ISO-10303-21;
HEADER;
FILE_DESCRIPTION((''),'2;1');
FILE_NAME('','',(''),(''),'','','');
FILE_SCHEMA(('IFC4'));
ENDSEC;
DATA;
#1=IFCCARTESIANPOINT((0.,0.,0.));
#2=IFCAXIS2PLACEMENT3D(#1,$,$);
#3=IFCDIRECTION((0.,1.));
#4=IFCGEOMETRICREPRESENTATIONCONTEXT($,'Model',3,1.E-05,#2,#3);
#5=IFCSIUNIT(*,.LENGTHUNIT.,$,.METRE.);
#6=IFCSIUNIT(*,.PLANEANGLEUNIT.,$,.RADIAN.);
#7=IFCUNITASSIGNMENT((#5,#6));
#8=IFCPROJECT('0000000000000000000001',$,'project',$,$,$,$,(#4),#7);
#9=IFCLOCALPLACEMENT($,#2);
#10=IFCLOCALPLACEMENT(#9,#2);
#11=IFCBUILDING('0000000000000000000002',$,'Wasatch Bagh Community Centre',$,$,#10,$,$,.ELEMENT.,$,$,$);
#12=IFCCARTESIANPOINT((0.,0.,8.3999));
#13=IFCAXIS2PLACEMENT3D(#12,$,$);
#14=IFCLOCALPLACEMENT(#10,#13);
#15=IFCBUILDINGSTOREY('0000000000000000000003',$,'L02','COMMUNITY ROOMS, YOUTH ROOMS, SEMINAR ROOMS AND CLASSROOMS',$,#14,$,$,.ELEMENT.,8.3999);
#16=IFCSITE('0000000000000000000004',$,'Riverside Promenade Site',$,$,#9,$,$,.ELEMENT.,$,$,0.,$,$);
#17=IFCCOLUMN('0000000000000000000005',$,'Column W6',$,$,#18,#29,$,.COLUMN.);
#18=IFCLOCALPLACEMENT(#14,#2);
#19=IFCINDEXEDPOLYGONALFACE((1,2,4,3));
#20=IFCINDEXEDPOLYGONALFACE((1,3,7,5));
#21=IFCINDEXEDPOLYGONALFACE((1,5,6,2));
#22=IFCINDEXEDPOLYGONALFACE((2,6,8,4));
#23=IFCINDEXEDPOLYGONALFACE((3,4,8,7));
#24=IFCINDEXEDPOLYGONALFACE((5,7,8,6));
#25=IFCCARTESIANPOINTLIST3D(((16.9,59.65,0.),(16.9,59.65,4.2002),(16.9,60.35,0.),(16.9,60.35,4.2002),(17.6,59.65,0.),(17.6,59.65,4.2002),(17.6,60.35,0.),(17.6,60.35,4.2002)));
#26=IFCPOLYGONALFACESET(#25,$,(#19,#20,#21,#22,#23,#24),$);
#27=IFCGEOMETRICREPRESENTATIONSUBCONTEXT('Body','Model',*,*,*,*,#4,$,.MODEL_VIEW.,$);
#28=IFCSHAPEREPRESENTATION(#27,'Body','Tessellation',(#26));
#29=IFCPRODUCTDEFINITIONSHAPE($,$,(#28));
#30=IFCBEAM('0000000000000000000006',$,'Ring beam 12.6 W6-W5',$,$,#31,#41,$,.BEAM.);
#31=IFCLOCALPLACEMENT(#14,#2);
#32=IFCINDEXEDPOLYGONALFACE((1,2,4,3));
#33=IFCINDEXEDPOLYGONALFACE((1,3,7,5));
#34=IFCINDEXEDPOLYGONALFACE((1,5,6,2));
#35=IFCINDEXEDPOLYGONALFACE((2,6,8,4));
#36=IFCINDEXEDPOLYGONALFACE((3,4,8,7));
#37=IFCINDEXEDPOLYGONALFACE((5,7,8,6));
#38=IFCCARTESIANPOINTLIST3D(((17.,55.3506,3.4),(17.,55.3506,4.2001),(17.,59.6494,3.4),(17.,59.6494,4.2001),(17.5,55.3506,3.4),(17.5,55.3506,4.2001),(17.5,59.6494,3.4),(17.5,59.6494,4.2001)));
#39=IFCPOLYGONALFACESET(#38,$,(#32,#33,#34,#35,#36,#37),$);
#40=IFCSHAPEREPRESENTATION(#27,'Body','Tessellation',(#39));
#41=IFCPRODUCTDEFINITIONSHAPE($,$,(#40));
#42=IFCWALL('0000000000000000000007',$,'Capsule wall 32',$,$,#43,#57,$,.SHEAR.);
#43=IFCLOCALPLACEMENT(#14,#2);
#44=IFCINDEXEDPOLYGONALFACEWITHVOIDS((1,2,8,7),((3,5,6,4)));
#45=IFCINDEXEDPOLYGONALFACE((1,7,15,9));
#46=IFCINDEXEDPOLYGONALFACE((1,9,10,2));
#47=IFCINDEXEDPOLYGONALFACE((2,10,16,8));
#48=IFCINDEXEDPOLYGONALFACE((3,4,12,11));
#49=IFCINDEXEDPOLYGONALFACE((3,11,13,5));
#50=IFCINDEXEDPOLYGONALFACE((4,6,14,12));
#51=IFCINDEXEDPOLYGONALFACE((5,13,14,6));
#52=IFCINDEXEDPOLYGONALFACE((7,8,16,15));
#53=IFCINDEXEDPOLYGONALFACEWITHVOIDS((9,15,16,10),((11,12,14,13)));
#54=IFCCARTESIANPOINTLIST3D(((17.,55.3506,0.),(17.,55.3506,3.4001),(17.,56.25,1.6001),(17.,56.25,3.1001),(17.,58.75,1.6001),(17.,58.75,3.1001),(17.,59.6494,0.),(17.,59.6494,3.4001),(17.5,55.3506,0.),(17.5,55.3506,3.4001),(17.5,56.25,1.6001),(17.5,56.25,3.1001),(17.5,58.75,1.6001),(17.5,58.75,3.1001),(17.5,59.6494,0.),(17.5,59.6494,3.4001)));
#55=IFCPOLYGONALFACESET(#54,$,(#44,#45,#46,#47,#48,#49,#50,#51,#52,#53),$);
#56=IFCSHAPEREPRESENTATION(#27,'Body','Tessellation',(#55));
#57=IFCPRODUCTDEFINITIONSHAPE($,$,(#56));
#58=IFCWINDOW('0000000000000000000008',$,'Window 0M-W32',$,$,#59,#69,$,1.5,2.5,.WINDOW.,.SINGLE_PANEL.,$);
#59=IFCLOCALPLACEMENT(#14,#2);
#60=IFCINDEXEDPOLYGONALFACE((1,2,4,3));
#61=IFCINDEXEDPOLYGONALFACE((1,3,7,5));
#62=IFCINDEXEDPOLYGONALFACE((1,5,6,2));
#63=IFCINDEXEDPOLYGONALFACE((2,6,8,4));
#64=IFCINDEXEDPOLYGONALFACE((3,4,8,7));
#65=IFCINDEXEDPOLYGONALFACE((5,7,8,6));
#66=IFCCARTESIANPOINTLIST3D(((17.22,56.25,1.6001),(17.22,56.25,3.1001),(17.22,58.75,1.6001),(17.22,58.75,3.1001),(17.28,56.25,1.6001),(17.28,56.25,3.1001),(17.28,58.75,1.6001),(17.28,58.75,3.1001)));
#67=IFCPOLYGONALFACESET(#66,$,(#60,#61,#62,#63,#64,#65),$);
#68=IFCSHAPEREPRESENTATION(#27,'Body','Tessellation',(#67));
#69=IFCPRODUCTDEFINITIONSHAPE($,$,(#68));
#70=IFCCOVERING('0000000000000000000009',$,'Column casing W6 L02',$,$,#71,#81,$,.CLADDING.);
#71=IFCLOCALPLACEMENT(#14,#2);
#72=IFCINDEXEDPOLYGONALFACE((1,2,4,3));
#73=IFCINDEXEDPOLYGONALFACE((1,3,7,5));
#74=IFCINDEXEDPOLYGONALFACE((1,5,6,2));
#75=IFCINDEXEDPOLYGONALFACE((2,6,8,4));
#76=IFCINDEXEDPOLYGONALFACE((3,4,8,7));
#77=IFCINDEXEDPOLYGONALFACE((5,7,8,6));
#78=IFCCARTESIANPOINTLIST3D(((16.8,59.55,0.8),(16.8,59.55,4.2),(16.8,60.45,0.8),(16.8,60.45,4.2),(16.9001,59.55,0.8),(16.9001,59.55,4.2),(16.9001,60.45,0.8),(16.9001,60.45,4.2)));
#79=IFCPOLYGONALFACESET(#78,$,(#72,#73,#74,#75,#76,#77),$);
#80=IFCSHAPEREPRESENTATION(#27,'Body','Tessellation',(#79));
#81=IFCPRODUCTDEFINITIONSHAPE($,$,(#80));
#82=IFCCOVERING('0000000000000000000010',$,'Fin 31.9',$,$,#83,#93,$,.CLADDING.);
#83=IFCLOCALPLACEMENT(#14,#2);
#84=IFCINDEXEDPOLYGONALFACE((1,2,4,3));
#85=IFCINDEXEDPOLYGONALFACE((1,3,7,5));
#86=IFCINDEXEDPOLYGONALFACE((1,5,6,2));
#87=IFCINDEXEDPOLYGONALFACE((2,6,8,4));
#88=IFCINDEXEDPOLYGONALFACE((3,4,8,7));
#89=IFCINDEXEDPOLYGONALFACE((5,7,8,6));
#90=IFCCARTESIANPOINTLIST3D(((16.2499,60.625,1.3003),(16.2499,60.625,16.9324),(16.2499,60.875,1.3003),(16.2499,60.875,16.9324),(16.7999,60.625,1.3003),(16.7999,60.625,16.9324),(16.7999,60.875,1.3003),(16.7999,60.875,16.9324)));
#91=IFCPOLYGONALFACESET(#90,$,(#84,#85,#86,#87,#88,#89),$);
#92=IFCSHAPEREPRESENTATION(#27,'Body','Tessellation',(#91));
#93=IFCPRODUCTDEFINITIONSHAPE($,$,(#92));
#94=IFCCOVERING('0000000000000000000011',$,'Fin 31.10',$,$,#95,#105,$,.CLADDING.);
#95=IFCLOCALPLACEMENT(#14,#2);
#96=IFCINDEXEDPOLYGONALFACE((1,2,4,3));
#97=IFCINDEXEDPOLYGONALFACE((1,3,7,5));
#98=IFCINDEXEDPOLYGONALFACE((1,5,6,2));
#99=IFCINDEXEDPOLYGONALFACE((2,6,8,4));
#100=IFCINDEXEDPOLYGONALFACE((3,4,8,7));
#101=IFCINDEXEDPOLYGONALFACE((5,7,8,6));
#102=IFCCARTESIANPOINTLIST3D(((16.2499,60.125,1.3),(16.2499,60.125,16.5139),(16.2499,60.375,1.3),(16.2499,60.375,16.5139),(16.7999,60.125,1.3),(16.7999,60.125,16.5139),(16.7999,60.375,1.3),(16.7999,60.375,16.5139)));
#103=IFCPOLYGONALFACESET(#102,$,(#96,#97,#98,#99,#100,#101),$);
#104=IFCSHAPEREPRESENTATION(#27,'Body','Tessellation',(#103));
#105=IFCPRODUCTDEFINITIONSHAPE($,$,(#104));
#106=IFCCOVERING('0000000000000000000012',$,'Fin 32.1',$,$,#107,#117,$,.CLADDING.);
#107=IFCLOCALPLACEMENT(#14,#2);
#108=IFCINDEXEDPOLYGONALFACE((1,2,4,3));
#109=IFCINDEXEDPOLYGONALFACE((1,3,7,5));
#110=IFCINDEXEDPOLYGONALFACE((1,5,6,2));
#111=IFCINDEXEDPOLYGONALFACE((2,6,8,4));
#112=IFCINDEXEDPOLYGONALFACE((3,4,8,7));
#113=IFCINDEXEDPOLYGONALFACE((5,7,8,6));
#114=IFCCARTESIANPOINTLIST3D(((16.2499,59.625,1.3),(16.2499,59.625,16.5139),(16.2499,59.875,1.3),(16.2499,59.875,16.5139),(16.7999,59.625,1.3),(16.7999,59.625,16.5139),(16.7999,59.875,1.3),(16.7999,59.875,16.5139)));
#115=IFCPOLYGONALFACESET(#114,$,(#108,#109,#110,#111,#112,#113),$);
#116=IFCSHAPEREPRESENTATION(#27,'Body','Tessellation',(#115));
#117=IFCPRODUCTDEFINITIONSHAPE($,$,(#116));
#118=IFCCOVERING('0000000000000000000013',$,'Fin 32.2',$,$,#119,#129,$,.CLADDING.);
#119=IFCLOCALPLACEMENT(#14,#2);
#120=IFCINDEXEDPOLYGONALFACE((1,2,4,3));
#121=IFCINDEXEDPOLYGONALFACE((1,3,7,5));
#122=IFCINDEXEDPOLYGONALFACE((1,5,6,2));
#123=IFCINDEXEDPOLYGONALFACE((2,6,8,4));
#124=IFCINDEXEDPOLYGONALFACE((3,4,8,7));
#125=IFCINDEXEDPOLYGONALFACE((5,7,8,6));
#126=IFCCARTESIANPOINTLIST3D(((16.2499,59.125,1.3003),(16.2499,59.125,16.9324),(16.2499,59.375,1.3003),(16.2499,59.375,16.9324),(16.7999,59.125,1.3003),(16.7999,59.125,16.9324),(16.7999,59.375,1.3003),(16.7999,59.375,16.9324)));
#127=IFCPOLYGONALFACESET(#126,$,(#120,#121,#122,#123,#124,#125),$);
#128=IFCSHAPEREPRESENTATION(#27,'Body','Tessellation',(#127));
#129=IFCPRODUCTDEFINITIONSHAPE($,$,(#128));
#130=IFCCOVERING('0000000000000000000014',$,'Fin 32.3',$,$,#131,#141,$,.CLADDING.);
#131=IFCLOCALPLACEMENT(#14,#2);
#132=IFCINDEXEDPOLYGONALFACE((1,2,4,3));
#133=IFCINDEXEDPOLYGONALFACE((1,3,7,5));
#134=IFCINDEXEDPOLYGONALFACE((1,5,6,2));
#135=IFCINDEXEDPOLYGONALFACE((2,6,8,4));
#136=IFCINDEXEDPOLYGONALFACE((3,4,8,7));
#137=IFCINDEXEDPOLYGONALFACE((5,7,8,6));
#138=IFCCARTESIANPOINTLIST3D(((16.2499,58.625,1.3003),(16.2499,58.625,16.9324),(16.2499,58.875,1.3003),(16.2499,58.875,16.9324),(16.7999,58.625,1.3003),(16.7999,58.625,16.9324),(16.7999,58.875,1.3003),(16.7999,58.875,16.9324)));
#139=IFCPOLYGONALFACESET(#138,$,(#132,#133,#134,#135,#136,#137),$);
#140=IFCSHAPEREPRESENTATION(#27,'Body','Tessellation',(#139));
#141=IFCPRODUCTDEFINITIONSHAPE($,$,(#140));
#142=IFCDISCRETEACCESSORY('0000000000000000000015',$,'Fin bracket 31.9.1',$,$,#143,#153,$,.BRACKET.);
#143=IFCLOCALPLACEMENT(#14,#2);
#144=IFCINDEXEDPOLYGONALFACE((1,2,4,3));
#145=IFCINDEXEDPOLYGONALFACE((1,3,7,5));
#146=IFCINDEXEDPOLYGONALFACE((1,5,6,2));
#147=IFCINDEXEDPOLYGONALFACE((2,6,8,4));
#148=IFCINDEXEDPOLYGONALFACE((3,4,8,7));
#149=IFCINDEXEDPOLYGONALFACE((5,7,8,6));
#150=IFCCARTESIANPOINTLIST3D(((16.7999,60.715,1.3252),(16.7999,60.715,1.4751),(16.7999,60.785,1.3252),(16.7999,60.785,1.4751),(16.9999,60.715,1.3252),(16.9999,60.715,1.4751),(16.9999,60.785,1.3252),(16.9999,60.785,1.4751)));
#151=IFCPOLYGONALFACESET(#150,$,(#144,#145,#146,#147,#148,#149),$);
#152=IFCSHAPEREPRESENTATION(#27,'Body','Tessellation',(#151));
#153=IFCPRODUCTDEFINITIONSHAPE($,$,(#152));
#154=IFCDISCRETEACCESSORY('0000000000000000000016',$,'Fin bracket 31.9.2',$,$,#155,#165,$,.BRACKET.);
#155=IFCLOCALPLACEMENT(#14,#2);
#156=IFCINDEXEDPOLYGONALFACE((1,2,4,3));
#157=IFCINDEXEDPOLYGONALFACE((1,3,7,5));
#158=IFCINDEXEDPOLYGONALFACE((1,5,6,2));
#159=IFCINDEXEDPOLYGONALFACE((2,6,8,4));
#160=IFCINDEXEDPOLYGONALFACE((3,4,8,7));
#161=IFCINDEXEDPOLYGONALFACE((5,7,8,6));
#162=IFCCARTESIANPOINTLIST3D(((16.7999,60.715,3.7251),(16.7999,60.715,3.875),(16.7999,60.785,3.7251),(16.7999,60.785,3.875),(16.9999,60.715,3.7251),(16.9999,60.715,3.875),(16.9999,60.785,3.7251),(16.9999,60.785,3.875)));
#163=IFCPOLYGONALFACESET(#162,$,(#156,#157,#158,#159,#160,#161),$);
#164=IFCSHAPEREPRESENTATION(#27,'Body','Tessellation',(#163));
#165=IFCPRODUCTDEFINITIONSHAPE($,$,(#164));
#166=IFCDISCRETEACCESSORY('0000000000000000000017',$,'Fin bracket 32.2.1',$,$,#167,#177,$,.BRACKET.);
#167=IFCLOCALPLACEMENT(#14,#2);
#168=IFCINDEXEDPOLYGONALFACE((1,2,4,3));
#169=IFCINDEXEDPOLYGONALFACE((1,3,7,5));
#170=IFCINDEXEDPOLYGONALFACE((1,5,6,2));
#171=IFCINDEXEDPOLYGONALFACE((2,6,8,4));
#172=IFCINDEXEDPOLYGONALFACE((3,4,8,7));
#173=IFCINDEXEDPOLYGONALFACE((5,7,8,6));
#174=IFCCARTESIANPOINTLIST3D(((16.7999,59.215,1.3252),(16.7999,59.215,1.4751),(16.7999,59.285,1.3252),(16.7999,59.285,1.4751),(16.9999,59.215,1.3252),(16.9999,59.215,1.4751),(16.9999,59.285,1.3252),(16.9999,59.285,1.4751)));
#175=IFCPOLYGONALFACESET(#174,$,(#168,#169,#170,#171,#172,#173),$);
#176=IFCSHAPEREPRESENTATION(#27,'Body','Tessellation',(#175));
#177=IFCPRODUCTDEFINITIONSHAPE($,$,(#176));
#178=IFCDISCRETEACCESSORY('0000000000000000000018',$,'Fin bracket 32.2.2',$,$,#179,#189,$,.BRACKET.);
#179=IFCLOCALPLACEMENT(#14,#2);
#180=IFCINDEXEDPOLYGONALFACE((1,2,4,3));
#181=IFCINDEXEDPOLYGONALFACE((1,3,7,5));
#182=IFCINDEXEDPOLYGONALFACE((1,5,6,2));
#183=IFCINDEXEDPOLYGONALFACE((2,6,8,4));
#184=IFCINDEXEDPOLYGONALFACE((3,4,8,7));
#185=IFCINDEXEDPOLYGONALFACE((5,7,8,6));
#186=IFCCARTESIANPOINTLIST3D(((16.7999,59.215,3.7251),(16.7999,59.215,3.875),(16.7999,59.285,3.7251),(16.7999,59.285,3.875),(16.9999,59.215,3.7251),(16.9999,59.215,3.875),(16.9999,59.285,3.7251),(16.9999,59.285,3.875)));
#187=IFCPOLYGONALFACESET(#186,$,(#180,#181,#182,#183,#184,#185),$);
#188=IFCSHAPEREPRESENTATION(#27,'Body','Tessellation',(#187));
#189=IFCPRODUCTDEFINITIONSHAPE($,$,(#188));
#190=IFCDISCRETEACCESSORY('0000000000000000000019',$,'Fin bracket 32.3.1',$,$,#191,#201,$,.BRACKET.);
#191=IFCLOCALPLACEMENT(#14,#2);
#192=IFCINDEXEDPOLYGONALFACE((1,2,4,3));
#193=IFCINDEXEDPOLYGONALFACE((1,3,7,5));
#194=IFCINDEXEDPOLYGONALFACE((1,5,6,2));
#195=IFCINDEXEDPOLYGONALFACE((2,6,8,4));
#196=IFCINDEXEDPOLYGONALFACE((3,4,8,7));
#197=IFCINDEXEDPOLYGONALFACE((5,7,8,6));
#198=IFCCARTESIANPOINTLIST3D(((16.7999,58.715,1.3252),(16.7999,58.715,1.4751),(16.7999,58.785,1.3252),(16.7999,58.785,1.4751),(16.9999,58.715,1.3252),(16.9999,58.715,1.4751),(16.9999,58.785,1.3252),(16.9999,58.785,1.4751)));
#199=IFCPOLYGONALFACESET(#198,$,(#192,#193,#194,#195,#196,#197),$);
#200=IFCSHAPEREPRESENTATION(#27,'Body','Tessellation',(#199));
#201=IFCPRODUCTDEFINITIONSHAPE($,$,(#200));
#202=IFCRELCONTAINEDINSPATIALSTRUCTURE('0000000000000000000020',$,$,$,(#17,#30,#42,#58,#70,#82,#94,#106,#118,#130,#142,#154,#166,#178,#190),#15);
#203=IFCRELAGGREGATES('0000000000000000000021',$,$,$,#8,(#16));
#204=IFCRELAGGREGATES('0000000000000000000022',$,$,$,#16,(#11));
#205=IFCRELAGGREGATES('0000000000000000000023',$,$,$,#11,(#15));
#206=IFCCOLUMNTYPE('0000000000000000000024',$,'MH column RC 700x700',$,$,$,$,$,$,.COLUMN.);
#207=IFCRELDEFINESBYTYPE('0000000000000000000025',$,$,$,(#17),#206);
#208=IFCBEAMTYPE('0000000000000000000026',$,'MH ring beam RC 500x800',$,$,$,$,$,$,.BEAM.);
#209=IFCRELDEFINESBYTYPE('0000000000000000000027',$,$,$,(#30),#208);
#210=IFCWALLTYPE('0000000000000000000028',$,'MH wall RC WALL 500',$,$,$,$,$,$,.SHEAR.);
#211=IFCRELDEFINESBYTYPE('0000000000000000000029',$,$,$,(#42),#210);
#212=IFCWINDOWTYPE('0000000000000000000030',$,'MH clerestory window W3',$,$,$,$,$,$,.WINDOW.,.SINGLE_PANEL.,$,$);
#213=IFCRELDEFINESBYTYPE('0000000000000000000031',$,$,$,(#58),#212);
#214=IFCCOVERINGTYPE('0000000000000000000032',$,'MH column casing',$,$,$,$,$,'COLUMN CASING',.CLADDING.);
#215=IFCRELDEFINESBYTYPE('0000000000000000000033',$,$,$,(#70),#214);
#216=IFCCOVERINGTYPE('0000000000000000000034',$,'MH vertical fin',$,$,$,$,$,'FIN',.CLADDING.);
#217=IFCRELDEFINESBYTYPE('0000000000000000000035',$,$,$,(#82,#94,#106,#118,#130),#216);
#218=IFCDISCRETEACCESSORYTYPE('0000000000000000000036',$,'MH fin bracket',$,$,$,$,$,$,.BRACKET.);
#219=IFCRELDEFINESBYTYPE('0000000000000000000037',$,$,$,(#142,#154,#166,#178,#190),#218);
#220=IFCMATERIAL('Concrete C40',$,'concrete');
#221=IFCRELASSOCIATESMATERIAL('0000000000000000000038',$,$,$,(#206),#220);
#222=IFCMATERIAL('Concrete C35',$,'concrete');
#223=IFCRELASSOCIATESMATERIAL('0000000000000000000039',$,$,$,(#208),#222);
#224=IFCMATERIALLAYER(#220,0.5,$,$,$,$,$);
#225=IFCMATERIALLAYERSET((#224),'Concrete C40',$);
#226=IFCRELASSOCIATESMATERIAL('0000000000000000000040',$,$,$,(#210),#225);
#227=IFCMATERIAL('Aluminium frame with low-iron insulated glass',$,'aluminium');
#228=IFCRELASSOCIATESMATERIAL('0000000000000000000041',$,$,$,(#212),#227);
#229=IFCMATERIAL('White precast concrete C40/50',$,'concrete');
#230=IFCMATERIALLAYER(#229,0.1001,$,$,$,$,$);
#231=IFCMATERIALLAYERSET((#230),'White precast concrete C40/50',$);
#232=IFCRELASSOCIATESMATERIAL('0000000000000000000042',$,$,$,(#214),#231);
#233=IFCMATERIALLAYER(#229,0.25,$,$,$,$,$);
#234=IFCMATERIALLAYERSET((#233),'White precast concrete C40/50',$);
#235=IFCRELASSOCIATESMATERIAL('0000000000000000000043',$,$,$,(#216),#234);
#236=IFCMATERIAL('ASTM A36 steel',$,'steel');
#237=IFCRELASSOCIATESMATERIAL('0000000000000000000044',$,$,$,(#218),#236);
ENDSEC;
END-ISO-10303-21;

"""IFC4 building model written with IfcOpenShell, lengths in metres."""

from ifc_helpers import new_model, si_unit, direction, frame, frame_2d, origin, origin_2d, place, context, subcontext, project, spatial, rectangle, extrude, material, layer, layer_set, material_profile, profile_set, type_object, element, fill, save


model = new_model("IFC4")

# Units and contexts
model_context = context("Model", 3, precision=1e-05, world=origin(), true_north=direction((0.0, 1.0)))
body_context = subcontext(model_context, "Body", "Model", "MODEL_VIEW")
ifc_project = project(units=[si_unit("LENGTHUNIT", "METRE"), si_unit("PLANEANGLEUNIT", "RADIAN")], contexts=[model_context])

# Site, building, storey
site_placement = place(None, origin())
site = spatial("IfcSite", under=ifc_project, at=site_placement, Name="Riverside Promenade Site", CompositionType="ELEMENT", RefElevation=0.0)
building_placement = place(site_placement, origin())
building = spatial("IfcBuilding", under=site, at=building_placement, Name="Wasatch Bagh Community Centre", CompositionType="ELEMENT")
storey_placement = place(building_placement, frame((0.0, 0.0, 8.3999)))
storey = spatial("IfcBuildingStorey", under=building, at=storey_placement, Name="L02", Description="COMMUNITY ROOMS, YOUTH ROOMS, SEMINAR ROOMS AND CLASSROOMS", CompositionType="ELEMENT", Elevation=8.3999)

# Column
ifc_material_1 = material(Name="Concrete C40", Category="concrete")
ifc_material_profile_1 = material_profile(ifc_material_1, rectangle(XDim=0.7, YDim=0.7, at=origin_2d()), Name="RC 700x700")
ifc_profile_set_1 = profile_set([ifc_material_profile_1], Name="Concrete C40")
column_type = type_object("IfcColumnType", Name="MH column RC 700x700", PredefinedType="COLUMN", material=ifc_profile_set_1)
column_placement = place(storey_placement, frame((17.25, 60.0, 0.0), z_axis=(0.0, 0.0, 1.0), x_axis=(1.0, 0.0, 0.0)))
element("IfcColumn", 1, at=column_placement, inside=storey, type_object=column_type, Name="Column W6", PredefinedType="COLUMN", context=body_context, shape_type="SweptSolid", body=[
    extrude(rectangle(XDim=0.7, YDim=0.7, at=origin_2d()), origin(), (0.0, 0.0, 1.0), 4.2002),
])

# Beam
ifc_material_2 = material(Name="Concrete C35", Category="concrete")
ifc_material_profile_2 = material_profile(ifc_material_2, rectangle(XDim=0.5, YDim=0.8, at=origin_2d()), Name="RC 500x800")
ifc_profile_set_2 = profile_set([ifc_material_profile_2], Name="Concrete C35")
beam_type = type_object("IfcBeamType", Name="MH ring beam RC 500x800", PredefinedType="BEAM", material=ifc_profile_set_2)
beam_placement = place(storey_placement, frame((17.25, 59.6494, 3.8), z_axis=(0.0, -1.0, 0.0), x_axis=(1.0, 0.0, 0.0)))
element("IfcBeam", 2, at=beam_placement, inside=storey, type_object=beam_type, Name="Ring beam 12.6 W6-W5", PredefinedType="BEAM", context=body_context, shape_type="SweptSolid", body=[
    extrude(rectangle(XDim=0.5, YDim=0.8, at=origin_2d()), origin(), (0.0, 0.0, 1.0), 4.2988),
])

# Wall, opening, window
ifc_layer_1 = layer(ifc_material_1, 0.5)
ifc_layer_set_1 = layer_set([ifc_layer_1], Name="Concrete C40")
wall_type = type_object("IfcWallType", Name="MH wall RC WALL 500", PredefinedType="SHEAR", material=ifc_layer_set_1)
wall_placement = place(storey_placement, frame((17.25, 59.6494, 0.0), z_axis=(0.0, 0.0, 1.0), x_axis=(0.0, -1.0, 0.0)))
wall = element("IfcWall", 3, at=wall_placement, inside=storey, type_object=wall_type, Name="Capsule wall 32", PredefinedType="SHEAR", context=body_context, shape_type="SweptSolid", body=[
    extrude(rectangle(XDim=4.2988, YDim=0.5, at=frame_2d((2.1494, 0.0))), origin(), (0.0, 0.0, 1.0), 3.4001),
])
opening_placement = place(wall_placement, frame((0.8994, 0.0, 1.6001)))
opening = element("IfcOpeningElement", 4, at=opening_placement, cuts=wall, PredefinedType="OPENING", context=body_context, shape_type="SweptSolid", body=[
    extrude(rectangle(XDim=2.5, YDim=1.5, at=frame_2d((1.25, 0.75))), frame((0.0, 0.26, 0.0), z_axis=(0.0, -1.0, 0.0), x_axis=(1.0, 0.0, 0.0)), (0.0, 0.0, 1.0), 0.52),
])
ifc_material_3 = material(Name="Aluminium frame with low-iron insulated glass", Category="aluminium")
window_type = type_object("IfcWindowType", Name="MH clerestory window W3", PartitioningType="SINGLE_PANEL", PredefinedType="WINDOW", material=ifc_material_3)
window_placement = place(opening_placement, origin())
window = element("IfcWindow", 5, at=window_placement, inside=storey, type_object=window_type, Name="Window 0M-W32", OverallHeight=1.5, OverallWidth=2.5, PartitioningType="SINGLE_PANEL", PredefinedType="WINDOW", context=body_context, shape_type="SweptSolid", body=[
    extrude(rectangle(XDim=2.5, YDim=1.5, at=frame_2d((1.25, 0.75))), frame((0.0, 0.03, 0.0), z_axis=(0.0, -1.0, 0.0), x_axis=(1.0, 0.0, 0.0)), (0.0, 0.0, 1.0), 0.0601),
])
fill(opening, window)

# Coverings
ifc_material_4 = material(Name="White precast concrete C40/50", Category="concrete")
ifc_layer_2 = layer(ifc_material_4, 0.1001)
ifc_layer_set_2 = layer_set([ifc_layer_2], Name="White precast concrete C40/50")
covering_type_1 = type_object("IfcCoveringType", Name="MH column casing", ElementType="COLUMN CASING", PredefinedType="CLADDING", material=ifc_layer_set_2)
covering_1_placement = place(storey_placement, frame((16.8501, 60.0, 0.8), z_axis=(0.0, 0.0, 1.0), x_axis=(0.0, -1.0, 0.0)))
element("IfcCovering", 6, at=covering_1_placement, inside=storey, type_object=covering_type_1, Name="Column casing W6 L02", PredefinedType="CLADDING", context=body_context, shape_type="SweptSolid", body=[
    extrude(rectangle(XDim=0.8999, YDim=0.1001, at=origin_2d()), origin(), (0.0, 0.0, 1.0), 3.3999),
])
ifc_layer_3 = layer(ifc_material_4, 0.25)
ifc_layer_set_3 = layer_set([ifc_layer_3], Name="White precast concrete C40/50")
covering_type_2 = type_object("IfcCoveringType", Name="MH vertical fin", ElementType="FIN", PredefinedType="CLADDING", material=ifc_layer_set_3)
covering_2_placement = place(storey_placement, frame((16.5249, 60.75, 1.3003), z_axis=(0.0, 0.0, 1.0), x_axis=(0.0, -1.0, 0.0)))
element("IfcCovering", 7, at=covering_2_placement, inside=storey, type_object=covering_type_2, Name="Fin 31.9", PredefinedType="CLADDING", context=body_context, shape_type="SweptSolid", body=[
    extrude(rectangle(XDim=0.25, YDim=0.55, at=origin_2d()), origin(), (0.0, 0.0, 1.0), 15.6321),
])
for number, where, z_axis, x_axis, name in (
    (8, (16.5249, 60.25, 1.3), (0.0, 0.0, 1.0), (0.0, -1.0, 0.0), "Fin 31.10"),
    (9, (16.5249, 59.75, 1.3), (0.0, 0.0, 1.0), (0.0, -1.0, 0.0), "Fin 32.1"),
):
    element("IfcCovering", number, at=place(storey_placement, frame(where, z_axis=z_axis, x_axis=x_axis)), inside=storey, type_object=covering_type_2, Name=name, PredefinedType="CLADDING", context=body_context, shape_type="SweptSolid", body=[
        extrude(rectangle(XDim=0.25, YDim=0.55, at=origin_2d()), origin(), (0.0, 0.0, 1.0), 15.2139),
    ])
for number, where, z_axis, x_axis, name in (
    (10, (16.5249, 59.25, 1.3003), (0.0, 0.0, 1.0), (0.0, -1.0, 0.0), "Fin 32.2"),
    (11, (16.5249, 58.75, 1.3003), (0.0, 0.0, 1.0), (0.0, -1.0, 0.0), "Fin 32.3"),
):
    element("IfcCovering", number, at=place(storey_placement, frame(where, z_axis=z_axis, x_axis=x_axis)), inside=storey, type_object=covering_type_2, Name=name, PredefinedType="CLADDING", context=body_context, shape_type="SweptSolid", body=[
        extrude(rectangle(XDim=0.25, YDim=0.55, at=origin_2d()), origin(), (0.0, 0.0, 1.0), 15.6321),
    ])

# Discrete accessories
ifc_material_5 = material(Name="ASTM A36 steel", Category="steel")
discrete_accessory_type = type_object("IfcDiscreteAccessoryType", Name="MH fin bracket", PredefinedType="BRACKET", material=ifc_material_5)
for number, where, z_axis, x_axis, name in (
    (12, (16.8999, 60.75, 1.3252), (0.0, 0.0, 1.0), (0.0, -1.0, 0.0), "Fin bracket 31.9.1"),
    (13, (16.8999, 60.75, 3.7251), (0.0, 0.0, 1.0), (0.0, -1.0, 0.0), "Fin bracket 31.9.2"),
    (14, (16.8999, 59.25, 1.3252), (0.0, 0.0, 1.0), (0.0, -1.0, 0.0), "Fin bracket 32.2.1"),
    (15, (16.8999, 59.25, 3.7251), (0.0, 0.0, 1.0), (0.0, -1.0, 0.0), "Fin bracket 32.2.2"),
    (16, (16.8999, 58.75, 1.3252), (0.0, 0.0, 1.0), (0.0, -1.0, 0.0), "Fin bracket 32.3.1"),
):
    element("IfcDiscreteAccessory", number, at=place(storey_placement, frame(where, z_axis=z_axis, x_axis=x_axis)), inside=storey, type_object=discrete_accessory_type, Name=name, PredefinedType="BRACKET", context=body_context, shape_type="SweptSolid", body=[
        extrude(rectangle(XDim=0.0701, YDim=0.2, at=origin_2d()), origin(), (0.0, 0.0, 1.0), 0.1499),
    ])

save(model, "model.ifc")
